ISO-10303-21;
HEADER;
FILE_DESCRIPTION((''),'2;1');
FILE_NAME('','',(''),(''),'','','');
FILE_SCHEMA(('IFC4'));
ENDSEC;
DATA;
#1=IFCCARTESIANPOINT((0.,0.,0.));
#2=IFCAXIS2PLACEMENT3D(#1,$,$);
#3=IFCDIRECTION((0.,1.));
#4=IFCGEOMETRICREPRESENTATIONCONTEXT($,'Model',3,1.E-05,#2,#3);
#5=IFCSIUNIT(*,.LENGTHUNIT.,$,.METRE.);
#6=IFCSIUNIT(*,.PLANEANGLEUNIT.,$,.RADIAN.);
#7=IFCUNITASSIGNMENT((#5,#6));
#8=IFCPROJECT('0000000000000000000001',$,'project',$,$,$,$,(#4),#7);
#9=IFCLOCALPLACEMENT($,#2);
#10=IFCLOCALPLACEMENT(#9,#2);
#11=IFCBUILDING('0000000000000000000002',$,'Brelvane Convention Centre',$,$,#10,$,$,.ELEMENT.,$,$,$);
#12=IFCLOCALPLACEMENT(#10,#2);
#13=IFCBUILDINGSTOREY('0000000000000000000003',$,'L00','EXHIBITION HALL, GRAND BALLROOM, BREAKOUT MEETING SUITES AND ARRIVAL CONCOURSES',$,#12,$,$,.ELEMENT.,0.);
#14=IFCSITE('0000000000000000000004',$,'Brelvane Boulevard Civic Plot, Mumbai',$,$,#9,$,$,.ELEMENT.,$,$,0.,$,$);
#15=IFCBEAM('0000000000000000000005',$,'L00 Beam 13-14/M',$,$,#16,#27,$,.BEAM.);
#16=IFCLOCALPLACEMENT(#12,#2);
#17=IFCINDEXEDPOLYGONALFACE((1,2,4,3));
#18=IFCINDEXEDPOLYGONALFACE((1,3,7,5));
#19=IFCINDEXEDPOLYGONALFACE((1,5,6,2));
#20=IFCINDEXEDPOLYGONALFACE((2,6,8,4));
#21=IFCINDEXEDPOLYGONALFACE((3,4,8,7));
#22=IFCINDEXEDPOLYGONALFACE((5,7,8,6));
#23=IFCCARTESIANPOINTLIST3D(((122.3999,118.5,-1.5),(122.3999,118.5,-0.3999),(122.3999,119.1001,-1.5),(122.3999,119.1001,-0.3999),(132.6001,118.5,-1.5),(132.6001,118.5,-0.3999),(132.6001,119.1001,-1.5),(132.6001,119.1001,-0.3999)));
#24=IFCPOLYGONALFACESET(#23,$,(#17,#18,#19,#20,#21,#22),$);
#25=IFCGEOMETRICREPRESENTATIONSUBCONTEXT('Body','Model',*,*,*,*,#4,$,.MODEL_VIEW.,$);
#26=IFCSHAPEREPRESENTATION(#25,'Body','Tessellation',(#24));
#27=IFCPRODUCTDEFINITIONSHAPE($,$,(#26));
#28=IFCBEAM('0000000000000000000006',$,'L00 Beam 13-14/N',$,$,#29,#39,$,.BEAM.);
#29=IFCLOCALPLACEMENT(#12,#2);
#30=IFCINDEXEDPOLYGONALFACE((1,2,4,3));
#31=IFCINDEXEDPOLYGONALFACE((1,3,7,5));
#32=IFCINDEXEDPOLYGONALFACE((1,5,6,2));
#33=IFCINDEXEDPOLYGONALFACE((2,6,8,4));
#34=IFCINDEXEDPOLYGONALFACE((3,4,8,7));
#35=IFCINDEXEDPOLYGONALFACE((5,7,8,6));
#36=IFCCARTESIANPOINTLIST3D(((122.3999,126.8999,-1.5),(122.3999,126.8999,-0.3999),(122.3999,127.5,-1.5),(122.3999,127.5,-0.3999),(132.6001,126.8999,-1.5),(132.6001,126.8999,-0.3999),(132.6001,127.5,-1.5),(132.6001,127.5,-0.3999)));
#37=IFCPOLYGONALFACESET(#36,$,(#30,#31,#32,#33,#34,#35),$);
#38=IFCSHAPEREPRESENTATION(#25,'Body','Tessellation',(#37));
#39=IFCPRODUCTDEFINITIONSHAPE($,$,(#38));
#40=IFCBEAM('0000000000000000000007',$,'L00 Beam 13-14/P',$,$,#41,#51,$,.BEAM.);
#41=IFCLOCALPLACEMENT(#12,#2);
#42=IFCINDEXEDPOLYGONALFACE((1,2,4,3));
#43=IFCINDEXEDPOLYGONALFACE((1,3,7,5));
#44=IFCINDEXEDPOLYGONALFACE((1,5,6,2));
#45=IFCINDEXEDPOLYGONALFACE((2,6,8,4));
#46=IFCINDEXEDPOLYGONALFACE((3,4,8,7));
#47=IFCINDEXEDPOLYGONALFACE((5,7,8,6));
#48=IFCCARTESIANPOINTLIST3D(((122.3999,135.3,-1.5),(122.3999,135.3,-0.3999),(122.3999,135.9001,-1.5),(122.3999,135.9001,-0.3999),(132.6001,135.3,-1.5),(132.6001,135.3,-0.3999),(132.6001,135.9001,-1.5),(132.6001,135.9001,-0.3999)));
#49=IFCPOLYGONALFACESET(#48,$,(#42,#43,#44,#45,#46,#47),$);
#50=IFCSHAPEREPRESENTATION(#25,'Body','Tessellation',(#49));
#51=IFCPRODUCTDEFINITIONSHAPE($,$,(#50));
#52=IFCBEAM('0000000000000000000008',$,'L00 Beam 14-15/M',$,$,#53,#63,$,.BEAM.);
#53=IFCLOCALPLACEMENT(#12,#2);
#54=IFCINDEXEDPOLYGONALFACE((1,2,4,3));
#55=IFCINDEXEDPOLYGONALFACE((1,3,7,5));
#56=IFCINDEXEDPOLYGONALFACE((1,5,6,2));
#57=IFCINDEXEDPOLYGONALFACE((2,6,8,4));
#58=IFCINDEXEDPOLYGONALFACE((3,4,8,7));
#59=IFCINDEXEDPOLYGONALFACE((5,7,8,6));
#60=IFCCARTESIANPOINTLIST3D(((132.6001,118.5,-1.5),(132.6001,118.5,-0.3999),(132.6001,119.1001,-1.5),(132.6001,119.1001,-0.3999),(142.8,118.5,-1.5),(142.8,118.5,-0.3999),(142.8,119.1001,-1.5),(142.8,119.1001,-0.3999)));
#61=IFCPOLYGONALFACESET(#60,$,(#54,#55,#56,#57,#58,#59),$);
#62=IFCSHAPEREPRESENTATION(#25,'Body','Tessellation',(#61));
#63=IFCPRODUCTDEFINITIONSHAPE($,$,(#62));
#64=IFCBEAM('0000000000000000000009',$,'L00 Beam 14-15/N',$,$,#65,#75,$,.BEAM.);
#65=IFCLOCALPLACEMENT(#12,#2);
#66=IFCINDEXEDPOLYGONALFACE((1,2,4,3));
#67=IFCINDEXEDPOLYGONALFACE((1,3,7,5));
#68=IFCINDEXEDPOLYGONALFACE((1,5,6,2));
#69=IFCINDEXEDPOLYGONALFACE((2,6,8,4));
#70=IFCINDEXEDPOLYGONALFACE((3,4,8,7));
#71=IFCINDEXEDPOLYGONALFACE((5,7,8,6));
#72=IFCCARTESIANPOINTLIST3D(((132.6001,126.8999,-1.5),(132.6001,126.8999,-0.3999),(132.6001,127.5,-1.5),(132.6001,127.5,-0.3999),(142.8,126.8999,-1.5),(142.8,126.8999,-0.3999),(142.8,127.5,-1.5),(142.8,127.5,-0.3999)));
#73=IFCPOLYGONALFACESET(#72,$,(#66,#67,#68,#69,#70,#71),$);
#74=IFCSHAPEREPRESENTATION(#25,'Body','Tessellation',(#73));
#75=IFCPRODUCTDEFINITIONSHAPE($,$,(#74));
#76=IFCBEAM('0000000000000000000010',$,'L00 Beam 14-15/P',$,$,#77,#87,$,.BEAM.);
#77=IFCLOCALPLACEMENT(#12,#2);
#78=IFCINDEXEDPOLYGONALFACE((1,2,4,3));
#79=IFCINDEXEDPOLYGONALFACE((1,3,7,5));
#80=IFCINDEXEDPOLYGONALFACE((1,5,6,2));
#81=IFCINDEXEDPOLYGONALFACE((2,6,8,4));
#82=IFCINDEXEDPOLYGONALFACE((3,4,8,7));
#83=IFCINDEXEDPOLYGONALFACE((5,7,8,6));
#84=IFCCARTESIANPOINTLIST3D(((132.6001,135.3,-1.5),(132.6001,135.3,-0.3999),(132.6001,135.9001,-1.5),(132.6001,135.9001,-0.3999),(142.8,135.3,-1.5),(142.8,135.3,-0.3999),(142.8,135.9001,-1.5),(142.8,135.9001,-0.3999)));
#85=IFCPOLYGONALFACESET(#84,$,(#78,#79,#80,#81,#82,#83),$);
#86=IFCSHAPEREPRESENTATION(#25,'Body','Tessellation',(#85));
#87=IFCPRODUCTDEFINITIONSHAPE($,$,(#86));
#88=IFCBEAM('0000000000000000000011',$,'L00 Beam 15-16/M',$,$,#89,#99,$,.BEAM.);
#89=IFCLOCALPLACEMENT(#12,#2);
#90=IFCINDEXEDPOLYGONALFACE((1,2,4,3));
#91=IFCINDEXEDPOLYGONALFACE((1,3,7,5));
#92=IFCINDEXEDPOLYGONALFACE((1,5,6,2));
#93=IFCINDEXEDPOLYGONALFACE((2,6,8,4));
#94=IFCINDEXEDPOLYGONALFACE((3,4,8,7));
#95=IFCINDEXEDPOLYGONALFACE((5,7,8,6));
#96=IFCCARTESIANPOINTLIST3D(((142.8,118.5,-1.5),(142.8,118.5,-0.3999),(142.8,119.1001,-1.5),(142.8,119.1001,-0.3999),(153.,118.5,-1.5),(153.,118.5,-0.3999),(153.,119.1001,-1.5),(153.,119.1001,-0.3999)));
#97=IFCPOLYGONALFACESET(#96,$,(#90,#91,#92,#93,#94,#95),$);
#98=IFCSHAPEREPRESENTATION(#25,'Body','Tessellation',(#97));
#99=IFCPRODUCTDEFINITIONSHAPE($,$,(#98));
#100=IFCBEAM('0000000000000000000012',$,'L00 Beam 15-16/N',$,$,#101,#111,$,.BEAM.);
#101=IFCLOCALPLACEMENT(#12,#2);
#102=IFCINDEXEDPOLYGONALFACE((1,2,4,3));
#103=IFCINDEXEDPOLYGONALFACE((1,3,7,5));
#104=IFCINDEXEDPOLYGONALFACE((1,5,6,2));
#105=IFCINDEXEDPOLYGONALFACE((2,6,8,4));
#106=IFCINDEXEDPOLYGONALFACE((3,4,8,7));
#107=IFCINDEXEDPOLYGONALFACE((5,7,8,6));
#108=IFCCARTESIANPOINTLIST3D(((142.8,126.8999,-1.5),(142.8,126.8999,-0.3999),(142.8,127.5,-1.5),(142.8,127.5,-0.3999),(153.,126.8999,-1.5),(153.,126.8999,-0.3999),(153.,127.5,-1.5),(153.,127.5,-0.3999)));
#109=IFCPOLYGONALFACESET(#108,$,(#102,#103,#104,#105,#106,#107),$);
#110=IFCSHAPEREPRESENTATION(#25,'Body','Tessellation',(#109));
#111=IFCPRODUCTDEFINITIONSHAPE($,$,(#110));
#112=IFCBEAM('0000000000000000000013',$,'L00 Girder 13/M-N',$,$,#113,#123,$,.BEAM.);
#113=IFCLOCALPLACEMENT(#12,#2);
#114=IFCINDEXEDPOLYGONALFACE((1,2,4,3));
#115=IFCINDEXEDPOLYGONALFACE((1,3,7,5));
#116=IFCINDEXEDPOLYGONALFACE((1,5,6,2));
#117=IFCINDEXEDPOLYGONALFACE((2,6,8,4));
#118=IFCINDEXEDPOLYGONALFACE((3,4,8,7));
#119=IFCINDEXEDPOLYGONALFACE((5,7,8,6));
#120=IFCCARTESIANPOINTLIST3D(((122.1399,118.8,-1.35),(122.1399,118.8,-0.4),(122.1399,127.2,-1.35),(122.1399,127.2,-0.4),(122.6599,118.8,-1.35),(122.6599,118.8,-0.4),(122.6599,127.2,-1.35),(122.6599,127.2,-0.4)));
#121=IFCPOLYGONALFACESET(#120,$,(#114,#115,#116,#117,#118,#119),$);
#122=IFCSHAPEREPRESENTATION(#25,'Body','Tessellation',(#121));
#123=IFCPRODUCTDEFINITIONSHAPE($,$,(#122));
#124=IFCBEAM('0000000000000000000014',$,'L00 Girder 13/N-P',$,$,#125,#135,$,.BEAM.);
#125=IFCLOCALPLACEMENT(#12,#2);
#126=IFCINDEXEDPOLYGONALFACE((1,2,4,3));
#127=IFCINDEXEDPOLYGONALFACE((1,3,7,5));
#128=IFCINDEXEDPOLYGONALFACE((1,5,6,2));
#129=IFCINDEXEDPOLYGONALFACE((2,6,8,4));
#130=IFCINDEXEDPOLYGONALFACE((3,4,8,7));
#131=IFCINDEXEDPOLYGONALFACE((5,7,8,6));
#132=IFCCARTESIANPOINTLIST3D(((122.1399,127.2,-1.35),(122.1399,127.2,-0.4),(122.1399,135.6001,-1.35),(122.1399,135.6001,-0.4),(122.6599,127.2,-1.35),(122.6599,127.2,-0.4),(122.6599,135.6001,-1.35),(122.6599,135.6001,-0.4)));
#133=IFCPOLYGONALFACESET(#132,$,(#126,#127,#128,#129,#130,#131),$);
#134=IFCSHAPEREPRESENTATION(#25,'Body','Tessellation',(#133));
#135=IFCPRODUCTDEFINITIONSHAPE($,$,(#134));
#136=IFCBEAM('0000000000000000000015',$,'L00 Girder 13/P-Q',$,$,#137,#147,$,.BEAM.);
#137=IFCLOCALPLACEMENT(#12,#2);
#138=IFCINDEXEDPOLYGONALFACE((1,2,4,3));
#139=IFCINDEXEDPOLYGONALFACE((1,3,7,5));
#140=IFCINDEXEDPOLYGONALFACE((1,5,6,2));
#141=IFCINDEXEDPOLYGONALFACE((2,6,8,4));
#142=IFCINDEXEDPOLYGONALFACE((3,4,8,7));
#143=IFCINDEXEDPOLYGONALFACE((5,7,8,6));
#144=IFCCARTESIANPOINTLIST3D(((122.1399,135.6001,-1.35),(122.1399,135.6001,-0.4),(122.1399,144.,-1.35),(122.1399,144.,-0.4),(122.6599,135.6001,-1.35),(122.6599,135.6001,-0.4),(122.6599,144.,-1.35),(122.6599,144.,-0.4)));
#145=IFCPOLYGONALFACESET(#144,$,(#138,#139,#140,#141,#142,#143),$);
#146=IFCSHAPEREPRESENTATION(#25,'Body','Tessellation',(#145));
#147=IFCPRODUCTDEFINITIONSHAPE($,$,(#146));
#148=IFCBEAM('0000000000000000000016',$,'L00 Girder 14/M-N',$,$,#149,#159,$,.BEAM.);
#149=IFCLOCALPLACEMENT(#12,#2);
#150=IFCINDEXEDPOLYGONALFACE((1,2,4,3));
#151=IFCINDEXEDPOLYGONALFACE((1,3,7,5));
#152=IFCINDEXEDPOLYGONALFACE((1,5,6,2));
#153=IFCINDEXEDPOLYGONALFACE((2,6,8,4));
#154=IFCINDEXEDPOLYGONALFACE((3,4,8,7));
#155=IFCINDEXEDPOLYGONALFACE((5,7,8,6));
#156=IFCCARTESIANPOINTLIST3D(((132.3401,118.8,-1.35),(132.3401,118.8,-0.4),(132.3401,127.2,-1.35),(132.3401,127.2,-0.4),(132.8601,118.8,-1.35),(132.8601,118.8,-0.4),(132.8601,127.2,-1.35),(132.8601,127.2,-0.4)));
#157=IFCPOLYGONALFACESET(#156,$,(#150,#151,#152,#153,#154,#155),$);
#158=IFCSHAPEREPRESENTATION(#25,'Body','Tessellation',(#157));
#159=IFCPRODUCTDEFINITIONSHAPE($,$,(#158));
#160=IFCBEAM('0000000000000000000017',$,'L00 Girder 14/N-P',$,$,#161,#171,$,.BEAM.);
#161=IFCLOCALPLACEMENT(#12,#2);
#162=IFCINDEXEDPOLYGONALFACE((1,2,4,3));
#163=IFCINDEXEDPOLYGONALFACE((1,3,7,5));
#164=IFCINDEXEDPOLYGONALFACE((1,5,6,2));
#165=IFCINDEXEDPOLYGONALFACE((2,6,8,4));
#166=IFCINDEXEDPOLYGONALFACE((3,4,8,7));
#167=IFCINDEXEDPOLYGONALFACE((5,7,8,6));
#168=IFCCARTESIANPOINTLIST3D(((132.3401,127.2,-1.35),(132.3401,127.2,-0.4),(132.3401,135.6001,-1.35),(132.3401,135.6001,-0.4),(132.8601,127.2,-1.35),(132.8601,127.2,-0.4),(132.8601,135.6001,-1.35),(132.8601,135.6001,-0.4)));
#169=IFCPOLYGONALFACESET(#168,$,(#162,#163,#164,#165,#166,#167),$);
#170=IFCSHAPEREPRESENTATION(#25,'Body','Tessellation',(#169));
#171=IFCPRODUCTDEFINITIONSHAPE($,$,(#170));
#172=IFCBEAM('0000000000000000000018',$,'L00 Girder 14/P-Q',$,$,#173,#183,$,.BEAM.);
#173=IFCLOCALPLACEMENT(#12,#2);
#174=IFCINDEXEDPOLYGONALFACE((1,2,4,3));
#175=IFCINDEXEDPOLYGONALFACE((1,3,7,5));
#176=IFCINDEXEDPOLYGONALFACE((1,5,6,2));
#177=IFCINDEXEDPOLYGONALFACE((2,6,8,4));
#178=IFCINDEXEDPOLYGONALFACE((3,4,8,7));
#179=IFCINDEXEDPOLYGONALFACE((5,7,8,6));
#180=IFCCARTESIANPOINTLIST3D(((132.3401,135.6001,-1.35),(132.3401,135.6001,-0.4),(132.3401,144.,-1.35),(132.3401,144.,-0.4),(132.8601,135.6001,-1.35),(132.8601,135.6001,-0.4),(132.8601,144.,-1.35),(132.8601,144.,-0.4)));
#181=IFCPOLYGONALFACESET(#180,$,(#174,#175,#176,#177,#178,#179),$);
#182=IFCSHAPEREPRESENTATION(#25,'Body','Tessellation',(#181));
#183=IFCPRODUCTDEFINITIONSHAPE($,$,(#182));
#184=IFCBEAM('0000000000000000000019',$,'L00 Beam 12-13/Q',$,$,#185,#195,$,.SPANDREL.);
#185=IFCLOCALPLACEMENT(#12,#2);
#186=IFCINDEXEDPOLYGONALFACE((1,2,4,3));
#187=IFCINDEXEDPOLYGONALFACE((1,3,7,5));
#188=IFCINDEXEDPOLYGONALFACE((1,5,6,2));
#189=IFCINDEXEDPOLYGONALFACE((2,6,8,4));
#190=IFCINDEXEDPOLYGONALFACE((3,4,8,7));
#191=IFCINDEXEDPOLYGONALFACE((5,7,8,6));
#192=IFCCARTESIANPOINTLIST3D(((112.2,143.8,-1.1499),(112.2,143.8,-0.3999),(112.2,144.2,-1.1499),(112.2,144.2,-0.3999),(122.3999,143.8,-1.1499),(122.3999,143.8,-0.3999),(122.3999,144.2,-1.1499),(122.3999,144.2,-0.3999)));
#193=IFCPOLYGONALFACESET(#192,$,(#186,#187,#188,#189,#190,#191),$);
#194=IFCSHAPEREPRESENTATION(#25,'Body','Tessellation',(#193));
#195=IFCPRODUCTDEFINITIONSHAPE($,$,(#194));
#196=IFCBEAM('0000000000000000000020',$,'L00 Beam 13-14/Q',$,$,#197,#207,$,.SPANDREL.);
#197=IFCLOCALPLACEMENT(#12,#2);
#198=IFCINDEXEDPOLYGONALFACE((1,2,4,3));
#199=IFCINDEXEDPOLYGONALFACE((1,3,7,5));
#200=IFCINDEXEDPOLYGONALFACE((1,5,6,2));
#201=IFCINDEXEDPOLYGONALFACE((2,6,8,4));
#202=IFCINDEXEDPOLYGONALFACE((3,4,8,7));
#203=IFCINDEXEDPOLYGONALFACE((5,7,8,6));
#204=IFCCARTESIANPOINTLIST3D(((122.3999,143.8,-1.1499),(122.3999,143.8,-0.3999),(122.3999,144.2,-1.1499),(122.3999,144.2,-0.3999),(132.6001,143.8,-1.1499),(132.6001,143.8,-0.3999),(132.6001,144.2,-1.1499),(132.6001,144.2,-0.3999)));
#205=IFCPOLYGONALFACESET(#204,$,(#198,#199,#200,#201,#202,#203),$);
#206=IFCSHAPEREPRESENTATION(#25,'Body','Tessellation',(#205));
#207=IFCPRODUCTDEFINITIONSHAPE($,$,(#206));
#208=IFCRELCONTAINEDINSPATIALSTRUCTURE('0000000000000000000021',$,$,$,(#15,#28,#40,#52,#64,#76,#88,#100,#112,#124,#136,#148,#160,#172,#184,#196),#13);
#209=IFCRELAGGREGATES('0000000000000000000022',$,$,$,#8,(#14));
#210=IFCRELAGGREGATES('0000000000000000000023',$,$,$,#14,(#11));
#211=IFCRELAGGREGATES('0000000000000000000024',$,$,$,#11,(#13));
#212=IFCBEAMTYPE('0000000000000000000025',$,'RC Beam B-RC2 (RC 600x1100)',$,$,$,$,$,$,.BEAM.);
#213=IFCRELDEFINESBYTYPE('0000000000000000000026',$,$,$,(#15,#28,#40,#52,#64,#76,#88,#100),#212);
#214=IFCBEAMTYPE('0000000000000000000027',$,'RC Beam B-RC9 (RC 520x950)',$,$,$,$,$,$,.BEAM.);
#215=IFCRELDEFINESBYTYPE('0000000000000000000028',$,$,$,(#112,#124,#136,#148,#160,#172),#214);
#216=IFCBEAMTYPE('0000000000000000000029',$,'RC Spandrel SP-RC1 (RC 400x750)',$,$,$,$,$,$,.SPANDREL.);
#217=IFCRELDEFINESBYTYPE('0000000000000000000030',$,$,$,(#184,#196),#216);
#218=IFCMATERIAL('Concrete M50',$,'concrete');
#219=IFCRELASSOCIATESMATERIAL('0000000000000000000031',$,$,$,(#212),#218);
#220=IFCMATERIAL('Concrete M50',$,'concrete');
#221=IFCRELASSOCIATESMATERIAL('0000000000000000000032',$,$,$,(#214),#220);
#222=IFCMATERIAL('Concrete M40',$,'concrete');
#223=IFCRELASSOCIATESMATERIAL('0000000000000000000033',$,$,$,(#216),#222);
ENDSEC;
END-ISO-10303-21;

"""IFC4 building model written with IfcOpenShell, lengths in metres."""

from ifc_helpers import new_model, si_unit, direction, frame, origin, origin_2d, place, context, subcontext, project, spatial, rectangle, extrude, material, material_profile, profile_set, type_object, element, save


model = new_model("IFC4")

# Units and contexts
model_context = context("Model", 3, precision=1e-05, world=origin(), true_north=direction((0.0, 1.0)))
body_context = subcontext(model_context, "Body", "Model", "MODEL_VIEW")
ifc_project = project(units=[si_unit("LENGTHUNIT", "METRE"), si_unit("PLANEANGLEUNIT", "RADIAN")], contexts=[model_context])

# Site, building, storey
site_placement = place(None, origin())
site = spatial("IfcSite", under=ifc_project, at=site_placement, Name="Brelvane Boulevard Civic Plot, Mumbai", CompositionType="ELEMENT", RefElevation=0.0)
building_placement = place(site_placement, origin())
building = spatial("IfcBuilding", under=site, at=building_placement, Name="Brelvane Convention Centre", CompositionType="ELEMENT")
storey_placement = place(building_placement, origin())
storey = spatial("IfcBuildingStorey", under=building, at=storey_placement, Name="L00", Description="EXHIBITION HALL, GRAND BALLROOM, BREAKOUT MEETING SUITES AND ARRIVAL CONCOURSES", CompositionType="ELEMENT", Elevation=0.0)

# Beams
ifc_material_1 = material(Name="Concrete M50", Category="concrete")
ifc_material_profile_1 = material_profile(ifc_material_1, rectangle(XDim=0.6001, YDim=1.1001, at=origin_2d()), Name="RC 600x1100")
ifc_profile_set_1 = profile_set([ifc_material_profile_1], Name="Concrete M50")
beam_type_1 = type_object("IfcBeamType", Name="RC Beam B-RC2 (RC 600x1100)", PredefinedType="BEAM", material=ifc_profile_set_1)
for number, where, z_axis, x_axis, name in (
    (1, (122.3999, 118.8, -0.95), (1.0, 0.0, 0.0), (0.0, 1.0, 0.0), "L00 Beam 13-14/M"),
    (2, (122.3999, 127.2, -0.95), (1.0, 0.0, 0.0), (0.0, 1.0, 0.0), "L00 Beam 13-14/N"),
    (3, (122.3999, 135.6001, -0.95), (1.0, 0.0, 0.0), (0.0, 1.0, 0.0), "L00 Beam 13-14/P"),
):
    element("IfcBeam", number, at=place(storey_placement, frame(where, z_axis=z_axis, x_axis=x_axis)), inside=storey, type_object=beam_type_1, Name=name, PredefinedType="BEAM", context=body_context, shape_type="SweptSolid", body=[
        extrude(rectangle(XDim=0.6001, YDim=1.1001, at=origin_2d()), origin(), (0.0, 0.0, 1.0), 10.2002),
    ])
for number, where, z_axis, x_axis, name in (
    (4, (132.6001, 118.8, -0.95), (1.0, 0.0, 0.0), (0.0, 1.0, 0.0), "L00 Beam 14-15/M"),
    (5, (132.6001, 127.2, -0.95), (1.0, 0.0, 0.0), (0.0, 1.0, 0.0), "L00 Beam 14-15/N"),
    (6, (132.6001, 135.6001, -0.95), (1.0, 0.0, 0.0), (0.0, 1.0, 0.0), "L00 Beam 14-15/P"),
    (7, (142.8, 118.8, -0.95), (1.0, 0.0, 0.0), (0.0, 1.0, 0.0), "L00 Beam 15-16/M"),
    (8, (142.8, 127.2, -0.95), (1.0, 0.0, 0.0), (0.0, 1.0, 0.0), "L00 Beam 15-16/N"),
):
    element("IfcBeam", number, at=place(storey_placement, frame(where, z_axis=z_axis, x_axis=x_axis)), inside=storey, type_object=beam_type_1, Name=name, PredefinedType="BEAM", context=body_context, shape_type="SweptSolid", body=[
        extrude(rectangle(XDim=0.6001, YDim=1.1001, at=origin_2d()), origin(), (0.0, 0.0, 1.0), 10.2),
    ])
ifc_material_2 = material(Name="Concrete M50", Category="concrete")
ifc_material_profile_2 = material_profile(ifc_material_2, rectangle(XDim=0.52, YDim=0.95, at=origin_2d()), Name="RC 520x950")
ifc_profile_set_2 = profile_set([ifc_material_profile_2], Name="Concrete M50")
beam_type_2 = type_object("IfcBeamType", Name="RC Beam B-RC9 (RC 520x950)", PredefinedType="BEAM", material=ifc_profile_set_2)
beam_1_placement = place(storey_placement, frame((122.3999, 118.8, -0.875), z_axis=(0.0, 1.0, 0.0), x_axis=(-1.0, 0.0, 0.0)))
element("IfcBeam", 9, at=beam_1_placement, inside=storey, type_object=beam_type_2, Name="L00 Girder 13/M-N", PredefinedType="BEAM", context=body_context, shape_type="SweptSolid", body=[
    extrude(rectangle(XDim=0.52, YDim=0.95, at=origin_2d()), origin(), (0.0, 0.0, 1.0), 8.3999),
])
beam_2_placement = place(storey_placement, frame((122.3999, 127.2, -0.875), z_axis=(0.0, 1.0, 0.0), x_axis=(-1.0, 0.0, 0.0)))
element("IfcBeam", 10, at=beam_2_placement, inside=storey, type_object=beam_type_2, Name="L00 Girder 13/N-P", PredefinedType="BEAM", context=body_context, shape_type="SweptSolid", body=[
    extrude(rectangle(XDim=0.52, YDim=0.95, at=origin_2d()), origin(), (0.0, 0.0, 1.0), 8.4001),
])
for number, where, z_axis, x_axis, name in (
    (11, (122.3999, 135.6001, -0.875), (0.0, 1.0, 0.0), (-1.0, 0.0, 0.0), "L00 Girder 13/P-Q"),
    (12, (132.6001, 118.8, -0.875), (0.0, 1.0, 0.0), (-1.0, 0.0, 0.0), "L00 Girder 14/M-N"),
):
    element("IfcBeam", number, at=place(storey_placement, frame(where, z_axis=z_axis, x_axis=x_axis)), inside=storey, type_object=beam_type_2, Name=name, PredefinedType="BEAM", context=body_context, shape_type="SweptSolid", body=[
        extrude(rectangle(XDim=0.52, YDim=0.95, at=origin_2d()), origin(), (0.0, 0.0, 1.0), 8.3999),
    ])
beam_3_placement = place(storey_placement, frame((132.6001, 127.2, -0.875), z_axis=(0.0, 1.0, 0.0), x_axis=(-1.0, 0.0, 0.0)))
element("IfcBeam", 13, at=beam_3_placement, inside=storey, type_object=beam_type_2, Name="L00 Girder 14/N-P", PredefinedType="BEAM", context=body_context, shape_type="SweptSolid", body=[
    extrude(rectangle(XDim=0.52, YDim=0.95, at=origin_2d()), origin(), (0.0, 0.0, 1.0), 8.4001),
])
beam_4_placement = place(storey_placement, frame((132.6001, 135.6001, -0.875), z_axis=(0.0, 1.0, 0.0), x_axis=(-1.0, 0.0, 0.0)))
element("IfcBeam", 14, at=beam_4_placement, inside=storey, type_object=beam_type_2, Name="L00 Girder 14/P-Q", PredefinedType="BEAM", context=body_context, shape_type="SweptSolid", body=[
    extrude(rectangle(XDim=0.52, YDim=0.95, at=origin_2d()), origin(), (0.0, 0.0, 1.0), 8.3999),
])
ifc_material_3 = material(Name="Concrete M40", Category="concrete")
ifc_material_profile_3 = material_profile(ifc_material_3, rectangle(XDim=0.3999, YDim=0.75, at=origin_2d()), Name="RC 400x750")
ifc_profile_set_3 = profile_set([ifc_material_profile_3], Name="Concrete M40")
beam_type_3 = type_object("IfcBeamType", Name="RC Spandrel SP-RC1 (RC 400x750)", PredefinedType="SPANDREL", material=ifc_profile_set_3)
beam_5_placement = place(storey_placement, frame((112.2, 144.0, -0.7749), z_axis=(1.0, 0.0, 0.0), x_axis=(0.0, 1.0, 0.0)))
element("IfcBeam", 15, at=beam_5_placement, inside=storey, type_object=beam_type_3, Name="L00 Beam 12-13/Q", PredefinedType="SPANDREL", context=body_context, shape_type="SweptSolid", body=[
    extrude(rectangle(XDim=0.3999, YDim=0.75, at=origin_2d()), origin(), (0.0, 0.0, 1.0), 10.2),
])
beam_6_placement = place(storey_placement, frame((122.3999, 144.0, -0.7749), z_axis=(1.0, 0.0, 0.0), x_axis=(0.0, 1.0, 0.0)))
element("IfcBeam", 16, at=beam_6_placement, inside=storey, type_object=beam_type_3, Name="L00 Beam 13-14/Q", PredefinedType="SPANDREL", context=body_context, shape_type="SweptSolid", body=[
    extrude(rectangle(XDim=0.3999, YDim=0.75, at=origin_2d()), origin(), (0.0, 0.0, 1.0), 10.2002),
])

save(model, "model.ifc")
